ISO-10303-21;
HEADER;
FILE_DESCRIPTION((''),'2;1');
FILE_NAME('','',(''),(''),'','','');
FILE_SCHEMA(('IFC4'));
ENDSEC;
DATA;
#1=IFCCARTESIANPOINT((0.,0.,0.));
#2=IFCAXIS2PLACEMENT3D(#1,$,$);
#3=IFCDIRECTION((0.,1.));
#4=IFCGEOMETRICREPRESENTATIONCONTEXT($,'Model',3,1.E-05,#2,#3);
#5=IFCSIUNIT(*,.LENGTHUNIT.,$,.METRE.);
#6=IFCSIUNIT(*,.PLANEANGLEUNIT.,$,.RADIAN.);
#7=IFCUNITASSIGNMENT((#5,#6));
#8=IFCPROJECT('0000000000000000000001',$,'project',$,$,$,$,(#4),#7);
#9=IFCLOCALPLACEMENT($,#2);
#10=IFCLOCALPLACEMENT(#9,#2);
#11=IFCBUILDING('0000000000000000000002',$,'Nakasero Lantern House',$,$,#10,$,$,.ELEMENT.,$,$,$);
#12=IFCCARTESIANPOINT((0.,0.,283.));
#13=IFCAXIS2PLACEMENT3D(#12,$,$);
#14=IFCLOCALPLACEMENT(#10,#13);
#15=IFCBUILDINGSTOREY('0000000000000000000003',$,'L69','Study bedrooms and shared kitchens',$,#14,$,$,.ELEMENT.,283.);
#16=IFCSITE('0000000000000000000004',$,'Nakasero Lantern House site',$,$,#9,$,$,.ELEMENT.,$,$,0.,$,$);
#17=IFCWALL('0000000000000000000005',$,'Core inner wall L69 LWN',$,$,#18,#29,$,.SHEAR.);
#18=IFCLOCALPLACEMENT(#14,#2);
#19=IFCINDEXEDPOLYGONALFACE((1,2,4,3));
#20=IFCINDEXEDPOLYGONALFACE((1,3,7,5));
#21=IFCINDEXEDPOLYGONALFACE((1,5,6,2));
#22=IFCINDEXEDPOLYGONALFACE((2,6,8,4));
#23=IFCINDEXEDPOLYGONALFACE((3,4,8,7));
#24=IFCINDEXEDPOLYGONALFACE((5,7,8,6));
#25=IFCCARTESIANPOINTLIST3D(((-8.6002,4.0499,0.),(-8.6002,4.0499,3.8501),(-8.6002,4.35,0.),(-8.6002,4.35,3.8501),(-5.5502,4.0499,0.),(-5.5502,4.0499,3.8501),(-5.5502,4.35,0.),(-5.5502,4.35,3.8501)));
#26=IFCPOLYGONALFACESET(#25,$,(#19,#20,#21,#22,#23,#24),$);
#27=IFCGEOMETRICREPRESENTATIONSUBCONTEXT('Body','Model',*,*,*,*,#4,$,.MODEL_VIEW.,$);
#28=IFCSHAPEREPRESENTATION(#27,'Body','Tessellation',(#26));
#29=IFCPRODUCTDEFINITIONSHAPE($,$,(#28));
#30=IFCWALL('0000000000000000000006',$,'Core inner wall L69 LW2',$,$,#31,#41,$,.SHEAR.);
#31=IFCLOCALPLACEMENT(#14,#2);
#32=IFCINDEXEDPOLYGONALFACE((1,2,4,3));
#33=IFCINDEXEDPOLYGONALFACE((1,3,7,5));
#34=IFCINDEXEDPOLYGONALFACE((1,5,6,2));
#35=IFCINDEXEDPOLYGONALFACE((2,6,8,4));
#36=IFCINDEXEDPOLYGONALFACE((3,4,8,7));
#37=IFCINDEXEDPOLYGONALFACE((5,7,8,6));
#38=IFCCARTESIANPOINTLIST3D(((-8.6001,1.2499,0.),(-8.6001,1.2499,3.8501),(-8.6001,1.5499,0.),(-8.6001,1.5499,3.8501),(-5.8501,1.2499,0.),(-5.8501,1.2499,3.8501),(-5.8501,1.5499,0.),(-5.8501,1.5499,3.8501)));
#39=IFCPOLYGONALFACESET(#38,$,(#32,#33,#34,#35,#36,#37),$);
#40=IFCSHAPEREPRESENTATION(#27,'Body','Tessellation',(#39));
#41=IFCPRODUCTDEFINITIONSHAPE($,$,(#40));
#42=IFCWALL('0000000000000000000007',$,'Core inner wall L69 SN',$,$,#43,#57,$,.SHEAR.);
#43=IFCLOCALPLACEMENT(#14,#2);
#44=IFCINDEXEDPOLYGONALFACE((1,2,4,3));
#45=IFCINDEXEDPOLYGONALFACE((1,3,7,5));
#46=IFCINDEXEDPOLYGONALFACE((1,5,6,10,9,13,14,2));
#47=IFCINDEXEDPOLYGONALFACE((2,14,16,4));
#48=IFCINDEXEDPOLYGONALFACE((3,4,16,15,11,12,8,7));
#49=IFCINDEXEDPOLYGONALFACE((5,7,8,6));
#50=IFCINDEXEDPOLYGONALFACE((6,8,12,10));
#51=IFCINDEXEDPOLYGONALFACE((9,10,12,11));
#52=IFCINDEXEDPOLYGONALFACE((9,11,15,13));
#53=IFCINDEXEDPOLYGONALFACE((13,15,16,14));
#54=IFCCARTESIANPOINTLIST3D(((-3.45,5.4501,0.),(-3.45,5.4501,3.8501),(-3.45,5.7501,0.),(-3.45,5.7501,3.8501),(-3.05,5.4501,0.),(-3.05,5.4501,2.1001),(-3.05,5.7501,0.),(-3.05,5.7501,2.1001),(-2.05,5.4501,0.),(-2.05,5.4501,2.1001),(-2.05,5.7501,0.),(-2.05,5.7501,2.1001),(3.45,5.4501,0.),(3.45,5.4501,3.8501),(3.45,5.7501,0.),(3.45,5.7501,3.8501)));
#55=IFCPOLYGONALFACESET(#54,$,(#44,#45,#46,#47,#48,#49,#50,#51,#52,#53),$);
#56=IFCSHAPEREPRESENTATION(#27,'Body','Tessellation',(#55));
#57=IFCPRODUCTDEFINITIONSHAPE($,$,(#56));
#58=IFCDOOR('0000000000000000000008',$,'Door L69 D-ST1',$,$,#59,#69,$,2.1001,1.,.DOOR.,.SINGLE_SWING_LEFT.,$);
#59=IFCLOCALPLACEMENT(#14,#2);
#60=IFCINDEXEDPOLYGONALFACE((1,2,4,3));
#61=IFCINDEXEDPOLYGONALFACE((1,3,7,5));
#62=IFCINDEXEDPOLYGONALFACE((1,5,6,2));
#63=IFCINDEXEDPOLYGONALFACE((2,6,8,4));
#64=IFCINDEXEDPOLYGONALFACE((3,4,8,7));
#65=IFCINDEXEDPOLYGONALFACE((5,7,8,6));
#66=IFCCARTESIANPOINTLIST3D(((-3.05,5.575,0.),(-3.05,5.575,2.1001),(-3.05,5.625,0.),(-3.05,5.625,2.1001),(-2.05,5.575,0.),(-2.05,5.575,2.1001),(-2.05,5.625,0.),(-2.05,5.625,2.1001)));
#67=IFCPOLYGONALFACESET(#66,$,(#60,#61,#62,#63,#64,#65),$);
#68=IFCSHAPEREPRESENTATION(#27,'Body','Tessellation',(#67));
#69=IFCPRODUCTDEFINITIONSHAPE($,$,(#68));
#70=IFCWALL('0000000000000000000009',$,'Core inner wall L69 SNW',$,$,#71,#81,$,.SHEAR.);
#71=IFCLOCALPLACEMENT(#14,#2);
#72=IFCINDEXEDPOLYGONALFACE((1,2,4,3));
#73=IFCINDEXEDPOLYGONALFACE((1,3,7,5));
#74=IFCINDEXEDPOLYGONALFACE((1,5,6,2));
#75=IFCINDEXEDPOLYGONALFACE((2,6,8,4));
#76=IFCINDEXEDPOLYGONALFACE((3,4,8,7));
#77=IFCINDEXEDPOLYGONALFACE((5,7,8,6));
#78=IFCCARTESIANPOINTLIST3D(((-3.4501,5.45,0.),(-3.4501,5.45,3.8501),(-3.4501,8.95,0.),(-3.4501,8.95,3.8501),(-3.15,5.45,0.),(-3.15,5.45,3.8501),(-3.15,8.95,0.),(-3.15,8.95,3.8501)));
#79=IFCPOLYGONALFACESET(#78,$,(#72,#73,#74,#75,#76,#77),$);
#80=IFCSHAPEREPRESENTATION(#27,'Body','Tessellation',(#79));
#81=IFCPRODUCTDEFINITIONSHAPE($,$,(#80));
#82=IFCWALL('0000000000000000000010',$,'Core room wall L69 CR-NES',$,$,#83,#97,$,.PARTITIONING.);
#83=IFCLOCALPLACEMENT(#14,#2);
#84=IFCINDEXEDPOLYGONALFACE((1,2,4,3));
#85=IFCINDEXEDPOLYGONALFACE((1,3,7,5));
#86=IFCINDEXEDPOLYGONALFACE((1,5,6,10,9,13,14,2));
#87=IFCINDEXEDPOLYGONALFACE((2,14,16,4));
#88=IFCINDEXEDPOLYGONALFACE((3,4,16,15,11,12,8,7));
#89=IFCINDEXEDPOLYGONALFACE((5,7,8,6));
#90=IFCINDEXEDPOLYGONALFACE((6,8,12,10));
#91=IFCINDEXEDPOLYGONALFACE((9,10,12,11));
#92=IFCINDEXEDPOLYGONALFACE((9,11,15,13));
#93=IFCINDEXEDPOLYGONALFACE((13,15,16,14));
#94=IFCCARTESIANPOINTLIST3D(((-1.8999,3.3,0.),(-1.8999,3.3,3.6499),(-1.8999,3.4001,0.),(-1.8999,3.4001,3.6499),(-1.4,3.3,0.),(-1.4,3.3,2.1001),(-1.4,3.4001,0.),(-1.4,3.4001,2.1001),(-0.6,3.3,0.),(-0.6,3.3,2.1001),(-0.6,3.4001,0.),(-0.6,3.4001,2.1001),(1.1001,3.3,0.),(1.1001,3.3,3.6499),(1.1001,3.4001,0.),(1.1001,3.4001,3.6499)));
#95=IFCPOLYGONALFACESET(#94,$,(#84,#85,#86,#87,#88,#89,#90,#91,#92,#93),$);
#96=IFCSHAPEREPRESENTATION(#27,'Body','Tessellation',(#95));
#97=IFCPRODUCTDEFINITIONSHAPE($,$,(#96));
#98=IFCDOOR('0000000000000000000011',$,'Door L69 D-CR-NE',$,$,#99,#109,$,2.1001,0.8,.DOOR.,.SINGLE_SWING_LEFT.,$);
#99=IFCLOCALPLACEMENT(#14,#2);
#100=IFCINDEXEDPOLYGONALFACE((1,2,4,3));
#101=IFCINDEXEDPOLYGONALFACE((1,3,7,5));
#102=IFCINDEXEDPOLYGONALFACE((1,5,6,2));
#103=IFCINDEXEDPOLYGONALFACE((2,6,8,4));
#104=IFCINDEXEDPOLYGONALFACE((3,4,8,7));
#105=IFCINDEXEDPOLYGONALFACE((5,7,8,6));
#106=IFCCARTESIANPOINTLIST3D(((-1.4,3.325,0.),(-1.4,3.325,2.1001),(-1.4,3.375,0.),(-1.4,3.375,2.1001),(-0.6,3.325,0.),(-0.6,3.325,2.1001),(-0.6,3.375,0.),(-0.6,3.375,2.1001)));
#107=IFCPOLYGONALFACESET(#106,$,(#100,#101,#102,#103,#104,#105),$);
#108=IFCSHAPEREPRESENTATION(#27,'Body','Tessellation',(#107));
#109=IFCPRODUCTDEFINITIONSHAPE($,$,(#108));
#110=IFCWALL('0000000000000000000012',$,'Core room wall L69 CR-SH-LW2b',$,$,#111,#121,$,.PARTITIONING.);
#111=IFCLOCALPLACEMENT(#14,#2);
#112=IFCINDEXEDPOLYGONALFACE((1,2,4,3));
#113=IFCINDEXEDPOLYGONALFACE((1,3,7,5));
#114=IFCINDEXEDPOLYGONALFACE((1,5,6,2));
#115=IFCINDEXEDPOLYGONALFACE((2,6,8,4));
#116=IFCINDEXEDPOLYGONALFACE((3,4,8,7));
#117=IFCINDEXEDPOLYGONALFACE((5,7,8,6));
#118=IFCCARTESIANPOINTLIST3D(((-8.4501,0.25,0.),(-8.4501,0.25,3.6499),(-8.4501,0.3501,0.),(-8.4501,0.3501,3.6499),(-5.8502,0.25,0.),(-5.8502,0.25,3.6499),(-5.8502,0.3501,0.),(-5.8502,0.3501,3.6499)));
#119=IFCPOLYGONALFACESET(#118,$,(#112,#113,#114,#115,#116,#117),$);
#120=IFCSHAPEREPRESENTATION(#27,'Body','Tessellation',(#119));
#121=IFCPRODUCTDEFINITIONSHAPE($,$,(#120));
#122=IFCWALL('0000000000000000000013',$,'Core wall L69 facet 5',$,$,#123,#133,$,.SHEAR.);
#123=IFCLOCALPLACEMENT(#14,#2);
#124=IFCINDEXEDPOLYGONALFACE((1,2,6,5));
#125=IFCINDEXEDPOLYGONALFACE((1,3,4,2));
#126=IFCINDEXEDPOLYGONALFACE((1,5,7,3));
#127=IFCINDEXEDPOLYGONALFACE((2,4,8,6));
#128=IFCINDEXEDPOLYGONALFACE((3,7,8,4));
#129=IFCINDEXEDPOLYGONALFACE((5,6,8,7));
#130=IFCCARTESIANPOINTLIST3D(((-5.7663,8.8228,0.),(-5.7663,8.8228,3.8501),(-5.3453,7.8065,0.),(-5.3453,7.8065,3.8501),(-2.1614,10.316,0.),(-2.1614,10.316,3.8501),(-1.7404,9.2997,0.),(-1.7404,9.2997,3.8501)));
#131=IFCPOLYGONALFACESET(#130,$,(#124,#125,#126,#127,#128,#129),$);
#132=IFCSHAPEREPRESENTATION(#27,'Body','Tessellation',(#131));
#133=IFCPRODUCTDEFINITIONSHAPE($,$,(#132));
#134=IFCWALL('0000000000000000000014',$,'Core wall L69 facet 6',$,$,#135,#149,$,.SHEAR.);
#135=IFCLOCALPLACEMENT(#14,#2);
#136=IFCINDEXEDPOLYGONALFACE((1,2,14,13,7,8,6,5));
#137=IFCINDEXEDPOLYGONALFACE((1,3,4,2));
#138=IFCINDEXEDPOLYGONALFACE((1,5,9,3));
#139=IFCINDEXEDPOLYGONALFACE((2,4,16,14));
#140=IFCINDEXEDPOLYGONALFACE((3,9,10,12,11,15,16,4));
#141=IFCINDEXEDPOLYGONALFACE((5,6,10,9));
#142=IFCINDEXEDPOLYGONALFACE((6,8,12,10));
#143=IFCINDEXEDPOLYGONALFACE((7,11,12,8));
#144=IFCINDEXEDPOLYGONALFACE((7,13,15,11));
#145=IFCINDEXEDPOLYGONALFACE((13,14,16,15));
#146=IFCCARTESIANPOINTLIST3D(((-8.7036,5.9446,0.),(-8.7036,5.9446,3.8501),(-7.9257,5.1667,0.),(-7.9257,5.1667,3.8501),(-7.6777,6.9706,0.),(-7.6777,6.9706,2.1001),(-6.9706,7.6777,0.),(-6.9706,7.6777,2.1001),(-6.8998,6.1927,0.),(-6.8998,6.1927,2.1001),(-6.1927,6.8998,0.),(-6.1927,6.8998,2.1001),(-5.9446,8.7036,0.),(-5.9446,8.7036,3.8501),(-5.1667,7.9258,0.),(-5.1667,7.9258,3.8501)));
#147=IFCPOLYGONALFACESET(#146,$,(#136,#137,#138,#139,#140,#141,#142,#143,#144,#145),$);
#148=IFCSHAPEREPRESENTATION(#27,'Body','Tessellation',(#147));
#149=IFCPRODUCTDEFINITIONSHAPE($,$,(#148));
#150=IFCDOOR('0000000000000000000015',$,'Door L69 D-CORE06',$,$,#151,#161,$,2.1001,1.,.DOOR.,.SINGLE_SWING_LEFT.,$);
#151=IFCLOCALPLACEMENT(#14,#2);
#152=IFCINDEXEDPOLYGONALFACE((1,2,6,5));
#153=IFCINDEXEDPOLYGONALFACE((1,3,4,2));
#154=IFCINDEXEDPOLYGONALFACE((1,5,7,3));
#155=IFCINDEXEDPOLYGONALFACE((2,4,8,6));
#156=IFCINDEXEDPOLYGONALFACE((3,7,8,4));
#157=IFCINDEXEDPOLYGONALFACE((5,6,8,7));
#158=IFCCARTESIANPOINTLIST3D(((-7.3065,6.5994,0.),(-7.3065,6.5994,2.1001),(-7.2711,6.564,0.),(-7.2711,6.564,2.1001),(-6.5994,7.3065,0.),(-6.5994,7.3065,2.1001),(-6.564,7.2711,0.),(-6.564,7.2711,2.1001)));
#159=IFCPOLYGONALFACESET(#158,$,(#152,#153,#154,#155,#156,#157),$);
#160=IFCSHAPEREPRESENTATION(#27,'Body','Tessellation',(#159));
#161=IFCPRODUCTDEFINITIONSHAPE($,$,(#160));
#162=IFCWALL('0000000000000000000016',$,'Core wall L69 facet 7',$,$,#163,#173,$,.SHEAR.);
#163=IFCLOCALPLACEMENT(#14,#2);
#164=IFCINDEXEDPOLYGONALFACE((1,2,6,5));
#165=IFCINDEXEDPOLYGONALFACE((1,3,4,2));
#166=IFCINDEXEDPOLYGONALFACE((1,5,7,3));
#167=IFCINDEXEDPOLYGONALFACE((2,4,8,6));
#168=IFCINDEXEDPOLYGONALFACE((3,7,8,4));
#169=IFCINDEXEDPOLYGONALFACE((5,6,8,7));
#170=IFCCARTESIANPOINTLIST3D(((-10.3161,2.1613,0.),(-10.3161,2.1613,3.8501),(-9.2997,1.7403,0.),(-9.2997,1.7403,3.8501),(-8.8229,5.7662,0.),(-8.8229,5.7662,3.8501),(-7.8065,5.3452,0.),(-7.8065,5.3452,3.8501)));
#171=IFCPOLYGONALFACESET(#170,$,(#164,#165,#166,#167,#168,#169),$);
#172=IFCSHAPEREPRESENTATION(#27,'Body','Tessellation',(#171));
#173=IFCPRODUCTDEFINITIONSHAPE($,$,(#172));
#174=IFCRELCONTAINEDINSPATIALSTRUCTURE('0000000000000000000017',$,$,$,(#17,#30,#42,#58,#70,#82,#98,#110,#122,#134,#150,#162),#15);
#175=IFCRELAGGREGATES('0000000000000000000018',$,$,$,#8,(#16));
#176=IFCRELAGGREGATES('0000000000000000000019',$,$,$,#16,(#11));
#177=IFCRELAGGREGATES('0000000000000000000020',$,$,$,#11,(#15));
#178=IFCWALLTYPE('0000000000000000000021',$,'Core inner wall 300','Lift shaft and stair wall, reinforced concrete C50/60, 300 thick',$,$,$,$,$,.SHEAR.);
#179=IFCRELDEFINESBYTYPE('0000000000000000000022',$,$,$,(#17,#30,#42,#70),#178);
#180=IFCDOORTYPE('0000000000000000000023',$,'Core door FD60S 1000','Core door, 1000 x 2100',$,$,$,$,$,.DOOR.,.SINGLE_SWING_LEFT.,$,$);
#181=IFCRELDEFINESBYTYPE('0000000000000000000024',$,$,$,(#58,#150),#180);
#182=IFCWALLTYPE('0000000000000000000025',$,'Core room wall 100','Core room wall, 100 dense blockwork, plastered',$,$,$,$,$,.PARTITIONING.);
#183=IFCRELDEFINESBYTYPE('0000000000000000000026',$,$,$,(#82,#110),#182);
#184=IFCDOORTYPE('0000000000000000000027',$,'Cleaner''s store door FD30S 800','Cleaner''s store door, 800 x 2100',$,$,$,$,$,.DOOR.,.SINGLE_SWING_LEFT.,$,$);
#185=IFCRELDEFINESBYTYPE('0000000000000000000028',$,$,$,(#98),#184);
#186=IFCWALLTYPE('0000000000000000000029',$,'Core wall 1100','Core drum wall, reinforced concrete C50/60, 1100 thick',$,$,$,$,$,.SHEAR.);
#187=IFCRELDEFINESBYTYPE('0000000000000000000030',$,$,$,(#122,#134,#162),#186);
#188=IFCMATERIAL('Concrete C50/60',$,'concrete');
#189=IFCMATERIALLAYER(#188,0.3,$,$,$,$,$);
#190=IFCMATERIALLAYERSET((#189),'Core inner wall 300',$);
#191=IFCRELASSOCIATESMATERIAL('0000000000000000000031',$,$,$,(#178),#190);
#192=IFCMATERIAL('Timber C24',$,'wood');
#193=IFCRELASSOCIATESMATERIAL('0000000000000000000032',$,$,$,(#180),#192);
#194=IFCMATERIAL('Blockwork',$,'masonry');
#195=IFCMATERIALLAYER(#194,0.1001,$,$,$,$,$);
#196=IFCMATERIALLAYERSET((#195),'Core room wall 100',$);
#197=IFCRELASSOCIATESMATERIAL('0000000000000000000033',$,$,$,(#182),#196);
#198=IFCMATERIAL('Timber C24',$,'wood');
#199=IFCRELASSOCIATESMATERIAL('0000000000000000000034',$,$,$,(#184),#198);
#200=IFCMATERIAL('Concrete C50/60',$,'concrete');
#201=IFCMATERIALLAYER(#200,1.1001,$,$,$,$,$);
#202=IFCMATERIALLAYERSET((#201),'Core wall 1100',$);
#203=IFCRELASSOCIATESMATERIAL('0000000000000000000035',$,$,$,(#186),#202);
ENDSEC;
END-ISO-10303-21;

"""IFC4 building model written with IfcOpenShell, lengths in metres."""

from ifc_helpers import new_model, si_unit, direction, frame, frame_2d, origin, place, context, subcontext, project, spatial, rectangle, extrude, material, layer, layer_set, type_object, element, fill, save


model = new_model("IFC4")

# Units and contexts
model_context = context("Model", 3, precision=1e-05, world=origin(), true_north=direction((0.0, 1.0)))
body_context = subcontext(model_context, "Body", "Model", "MODEL_VIEW")
ifc_project = project(units=[si_unit("LENGTHUNIT", "METRE"), si_unit("PLANEANGLEUNIT", "RADIAN")], contexts=[model_context])

# Site, building, storey
site_placement = place(None, origin())
site = spatial("IfcSite", under=ifc_project, at=site_placement, Name="Nakasero Lantern House site", CompositionType="ELEMENT", RefElevation=0.0)
building_placement = place(site_placement, origin())
building = spatial("IfcBuilding", under=site, at=building_placement, Name="Nakasero Lantern House", CompositionType="ELEMENT")
storey_placement = place(building_placement, frame((0.0, 0.0, 283.0)))
storey = spatial("IfcBuildingStorey", under=building, at=storey_placement, Name="L69", Description="Study bedrooms and shared kitchens", CompositionType="ELEMENT", Elevation=283.0)

# Walls
ifc_material_1 = material(Name="Concrete C50/60", Category="concrete")
ifc_layer_1 = layer(ifc_material_1, 0.3)
ifc_layer_set_1 = layer_set([ifc_layer_1], Name="Core inner wall 300")
wall_type_1 = type_object("IfcWallType", Name="Core inner wall 300", Description="Lift shaft and stair wall, reinforced concrete C50/60, 300 thick", PredefinedType="SHEAR", material=ifc_layer_set_1)
wall_1_placement = place(storey_placement, frame((-8.6001, 4.2, 0.0), z_axis=(0.0, 0.0, 1.0), x_axis=(1.0, 0.0, 0.0)))
element("IfcWall", 1, at=wall_1_placement, inside=storey, type_object=wall_type_1, Name="Core inner wall L69 LWN", PredefinedType="SHEAR", context=body_context, shape_type="SweptSolid", body=[
    extrude(rectangle(XDim=3.05, YDim=0.3, at=frame_2d((1.5249, 0.0))), origin(), (0.0, 0.0, 1.0), 3.8501),
])
wall_2_placement = place(storey_placement, frame((-8.6001, 1.3999, 0.0), z_axis=(0.0, 0.0, 1.0), x_axis=(1.0, 0.0, 0.0)))
element("IfcWall", 2, at=wall_2_placement, inside=storey, type_object=wall_type_1, Name="Core inner wall L69 LW2", PredefinedType="SHEAR", context=body_context, shape_type="SweptSolid", body=[
    extrude(rectangle(XDim=2.75, YDim=0.3, at=frame_2d((1.375, 0.0))), origin(), (0.0, 0.0, 1.0), 3.8501),
])

# Wall, opening, door
wall_3_placement = place(storey_placement, frame((-3.45, 5.6001, 0.0), z_axis=(0.0, 0.0, 1.0), x_axis=(1.0, 0.0, 0.0)))
wall_3 = element("IfcWall", 3, at=wall_3_placement, inside=storey, type_object=wall_type_1, Name="Core inner wall L69 SN", PredefinedType="SHEAR", context=body_context, shape_type="SweptSolid", body=[
    extrude(rectangle(XDim=6.8999, YDim=0.3, at=frame_2d((3.45, 0.0))), origin(), (0.0, 0.0, 1.0), 3.8501),
])
opening_1_placement = place(wall_3_placement, frame((0.3999, 0.0, 0.0)))
opening_1 = element("IfcOpeningElement", 4, at=opening_1_placement, cuts=wall_3, PredefinedType="OPENING", context=body_context, shape_type="SweptSolid", body=[
    extrude(rectangle(XDim=1.0, YDim=2.1001, at=frame_2d((0.5, 1.05))), frame((0.0, 0.1699, 0.0), z_axis=(0.0, -1.0, 0.0), x_axis=(1.0, 0.0, 0.0)), (0.0, 0.0, 1.0), 0.3401),
])
ifc_material_2 = material(Name="Timber C24", Category="wood")
door_type_1 = type_object("IfcDoorType", Name="Core door FD60S 1000", Description="Core door, 1000 x 2100", OperationType="SINGLE_SWING_LEFT", PredefinedType="DOOR", material=ifc_material_2)
door_1_placement = place(opening_1_placement, origin())
door_1 = element("IfcDoor", 5, at=door_1_placement, inside=storey, type_object=door_type_1, Name="Door L69 D-ST1", OperationType="SINGLE_SWING_LEFT", OverallHeight=2.1001, OverallWidth=1.0, PredefinedType="DOOR", context=body_context, shape_type="SweptSolid", body=[
    extrude(rectangle(XDim=1.0, YDim=2.1001, at=frame_2d((0.5, 1.05))), frame((0.0, 0.0249, 0.0), z_axis=(0.0, -1.0, 0.0), x_axis=(1.0, 0.0, 0.0)), (0.0, 0.0, 1.0), 0.05),
])
fill(opening_1, door_1)

# Wall
wall_4_placement = place(storey_placement, frame((-3.3, 5.45, 0.0), z_axis=(0.0, 0.0, 1.0), x_axis=(0.0, 1.0, 0.0)))
element("IfcWall", 6, at=wall_4_placement, inside=storey, type_object=wall_type_1, Name="Core inner wall L69 SNW", PredefinedType="SHEAR", context=body_context, shape_type="SweptSolid", body=[
    extrude(rectangle(XDim=3.5, YDim=0.3, at=frame_2d((1.75, 0.0))), origin(), (0.0, 0.0, 1.0), 3.8501),
])

# Wall, opening, door
ifc_material_3 = material(Name="Blockwork", Category="masonry")
ifc_layer_2 = layer(ifc_material_3, 0.1001)
ifc_layer_set_2 = layer_set([ifc_layer_2], Name="Core room wall 100")
wall_type_2 = type_object("IfcWallType", Name="Core room wall 100", Description="Core room wall, 100 dense blockwork, plastered", PredefinedType="PARTITIONING", material=ifc_layer_set_2)
wall_5_placement = place(storey_placement, frame((-1.8999, 3.3501, 0.0), z_axis=(0.0, 0.0, 1.0), x_axis=(1.0, 0.0, 0.0)))
wall_5 = element("IfcWall", 7, at=wall_5_placement, inside=storey, type_object=wall_type_2, Name="Core room wall L69 CR-NES", PredefinedType="PARTITIONING", context=body_context, shape_type="SweptSolid", body=[
    extrude(rectangle(XDim=3.0, YDim=0.1001, at=frame_2d((1.5, 0.0))), origin(), (0.0, 0.0, 1.0), 3.6499),
])
opening_2_placement = place(wall_5_placement, frame((0.5, 0.0, 0.0)))
opening_2 = element("IfcOpeningElement", 8, at=opening_2_placement, cuts=wall_5, PredefinedType="OPENING", context=body_context, shape_type="SweptSolid", body=[
    extrude(rectangle(XDim=0.8, YDim=2.1001, at=frame_2d((0.3999, 1.05))), frame((0.0, 0.0701, 0.0), z_axis=(0.0, -1.0, 0.0), x_axis=(1.0, 0.0, 0.0)), (0.0, 0.0, 1.0), 0.1401),
])
ifc_material_4 = material(Name="Timber C24", Category="wood")
door_type_2 = type_object("IfcDoorType", Name="Cleaner's store door FD30S 800", Description="Cleaner's store door, 800 x 2100", OperationType="SINGLE_SWING_LEFT", PredefinedType="DOOR", material=ifc_material_4)
door_2_placement = place(opening_2_placement, origin())
door_2 = element("IfcDoor", 9, at=door_2_placement, inside=storey, type_object=door_type_2, Name="Door L69 D-CR-NE", OperationType="SINGLE_SWING_LEFT", OverallHeight=2.1001, OverallWidth=0.8, PredefinedType="DOOR", context=body_context, shape_type="SweptSolid", body=[
    extrude(rectangle(XDim=0.8, YDim=2.1001, at=frame_2d((0.3999, 1.05))), frame((0.0, 0.0249, 0.0), z_axis=(0.0, -1.0, 0.0), x_axis=(1.0, 0.0, 0.0)), (0.0, 0.0, 1.0), 0.05),
])
fill(opening_2, door_2)

# Walls
wall_6_placement = place(storey_placement, frame((-8.45, 0.3, 0.0), z_axis=(0.0, 0.0, 1.0), x_axis=(1.0, 0.0, 0.0)))
element("IfcWall", 10, at=wall_6_placement, inside=storey, type_object=wall_type_2, Name="Core room wall L69 CR-SH-LW2b", PredefinedType="PARTITIONING", context=body_context, shape_type="SweptSolid", body=[
    extrude(rectangle(XDim=2.5999, YDim=0.1001, at=frame_2d((1.2998, 0.0))), origin(), (0.0, 0.0, 1.0), 3.6499),
])
ifc_material_5 = material(Name="Concrete C50/60", Category="concrete")
ifc_layer_3 = layer(ifc_material_5, 1.1001)
ifc_layer_set_3 = layer_set([ifc_layer_3], Name="Core wall 1100")
wall_type_3 = type_object("IfcWallType", Name="Core wall 1100", Description="Core drum wall, reinforced concrete C50/60, 1100 thick", PredefinedType="SHEAR", material=ifc_layer_set_3)
wall_7_placement = place(storey_placement, frame((-1.9509, 9.8079, 0.0), z_axis=(0.0, 0.0, 1.0), x_axis=(-0.923877, -0.382691, 0.0)))
element("IfcWall", 11, at=wall_7_placement, inside=storey, type_object=wall_type_3, Name="Core wall L69 facet 5", PredefinedType="SHEAR", context=body_context, shape_type="SweptSolid", body=[
    extrude(rectangle(XDim=3.9019, YDim=1.1001, at=frame_2d((1.9509, 0.0))), origin(), (0.0, 0.0, 1.0), 3.8501),
])

# Wall, opening, door
wall_8_placement = place(storey_placement, frame((-5.5557, 8.3147, 0.0), z_axis=(0.0, 0.0, 1.0), x_axis=(-0.707107, -0.707107, 0.0)))
wall_8 = element("IfcWall", 12, at=wall_8_placement, inside=storey, type_object=wall_type_3, Name="Core wall L69 facet 6", PredefinedType="SHEAR", context=body_context, shape_type="SweptSolid", body=[
    extrude(rectangle(XDim=3.9019, YDim=1.1001, at=frame_2d((1.9509, 0.0))), origin(), (0.0, 0.0, 1.0), 3.8501),
])
opening_3_placement = place(wall_8_placement, frame((1.4509, 0.0, 0.0)))
opening_3 = element("IfcOpeningElement", 13, at=opening_3_placement, cuts=wall_8, PredefinedType="OPENING", context=body_context, shape_type="SweptSolid", body=[
    extrude(rectangle(XDim=1.0, YDim=2.1001, at=frame_2d((0.5, 1.05))), frame((0.0, 0.5701, 0.0), z_axis=(0.0, -1.0, 0.0), x_axis=(1.0, 0.0, 0.0)), (0.0, 0.0, 1.0), 1.1401),
])
door_3_placement = place(opening_3_placement, origin())
door_3 = element("IfcDoor", 14, at=door_3_placement, inside=storey, type_object=door_type_1, Name="Door L69 D-CORE06", OperationType="SINGLE_SWING_LEFT", OverallHeight=2.1001, OverallWidth=1.0, PredefinedType="DOOR", context=body_context, shape_type="SweptSolid", body=[
    extrude(rectangle(XDim=1.0, YDim=2.1001, at=frame_2d((0.5, 1.05))), frame((0.0, 0.0249, 0.0), z_axis=(0.0, -1.0, 0.0), x_axis=(1.0, 0.0, 0.0)), (0.0, 0.0, 1.0), 0.05),
])
fill(opening_3, door_3)

# Wall
wall_9_placement = place(storey_placement, frame((-8.3147, 5.5557, 0.0), z_axis=(0.0, 0.0, 1.0), x_axis=(-0.382691, -0.923877, 0.0)))
element("IfcWall", 15, at=wall_9_placement, inside=storey, type_object=wall_type_3, Name="Core wall L69 facet 7", PredefinedType="SHEAR", context=body_context, shape_type="SweptSolid", body=[
    extrude(rectangle(XDim=3.9019, YDim=1.1001, at=frame_2d((1.9509, 0.0))), origin(), (0.0, 0.0, 1.0), 3.8501),
])

save(model, "model.ifc")
